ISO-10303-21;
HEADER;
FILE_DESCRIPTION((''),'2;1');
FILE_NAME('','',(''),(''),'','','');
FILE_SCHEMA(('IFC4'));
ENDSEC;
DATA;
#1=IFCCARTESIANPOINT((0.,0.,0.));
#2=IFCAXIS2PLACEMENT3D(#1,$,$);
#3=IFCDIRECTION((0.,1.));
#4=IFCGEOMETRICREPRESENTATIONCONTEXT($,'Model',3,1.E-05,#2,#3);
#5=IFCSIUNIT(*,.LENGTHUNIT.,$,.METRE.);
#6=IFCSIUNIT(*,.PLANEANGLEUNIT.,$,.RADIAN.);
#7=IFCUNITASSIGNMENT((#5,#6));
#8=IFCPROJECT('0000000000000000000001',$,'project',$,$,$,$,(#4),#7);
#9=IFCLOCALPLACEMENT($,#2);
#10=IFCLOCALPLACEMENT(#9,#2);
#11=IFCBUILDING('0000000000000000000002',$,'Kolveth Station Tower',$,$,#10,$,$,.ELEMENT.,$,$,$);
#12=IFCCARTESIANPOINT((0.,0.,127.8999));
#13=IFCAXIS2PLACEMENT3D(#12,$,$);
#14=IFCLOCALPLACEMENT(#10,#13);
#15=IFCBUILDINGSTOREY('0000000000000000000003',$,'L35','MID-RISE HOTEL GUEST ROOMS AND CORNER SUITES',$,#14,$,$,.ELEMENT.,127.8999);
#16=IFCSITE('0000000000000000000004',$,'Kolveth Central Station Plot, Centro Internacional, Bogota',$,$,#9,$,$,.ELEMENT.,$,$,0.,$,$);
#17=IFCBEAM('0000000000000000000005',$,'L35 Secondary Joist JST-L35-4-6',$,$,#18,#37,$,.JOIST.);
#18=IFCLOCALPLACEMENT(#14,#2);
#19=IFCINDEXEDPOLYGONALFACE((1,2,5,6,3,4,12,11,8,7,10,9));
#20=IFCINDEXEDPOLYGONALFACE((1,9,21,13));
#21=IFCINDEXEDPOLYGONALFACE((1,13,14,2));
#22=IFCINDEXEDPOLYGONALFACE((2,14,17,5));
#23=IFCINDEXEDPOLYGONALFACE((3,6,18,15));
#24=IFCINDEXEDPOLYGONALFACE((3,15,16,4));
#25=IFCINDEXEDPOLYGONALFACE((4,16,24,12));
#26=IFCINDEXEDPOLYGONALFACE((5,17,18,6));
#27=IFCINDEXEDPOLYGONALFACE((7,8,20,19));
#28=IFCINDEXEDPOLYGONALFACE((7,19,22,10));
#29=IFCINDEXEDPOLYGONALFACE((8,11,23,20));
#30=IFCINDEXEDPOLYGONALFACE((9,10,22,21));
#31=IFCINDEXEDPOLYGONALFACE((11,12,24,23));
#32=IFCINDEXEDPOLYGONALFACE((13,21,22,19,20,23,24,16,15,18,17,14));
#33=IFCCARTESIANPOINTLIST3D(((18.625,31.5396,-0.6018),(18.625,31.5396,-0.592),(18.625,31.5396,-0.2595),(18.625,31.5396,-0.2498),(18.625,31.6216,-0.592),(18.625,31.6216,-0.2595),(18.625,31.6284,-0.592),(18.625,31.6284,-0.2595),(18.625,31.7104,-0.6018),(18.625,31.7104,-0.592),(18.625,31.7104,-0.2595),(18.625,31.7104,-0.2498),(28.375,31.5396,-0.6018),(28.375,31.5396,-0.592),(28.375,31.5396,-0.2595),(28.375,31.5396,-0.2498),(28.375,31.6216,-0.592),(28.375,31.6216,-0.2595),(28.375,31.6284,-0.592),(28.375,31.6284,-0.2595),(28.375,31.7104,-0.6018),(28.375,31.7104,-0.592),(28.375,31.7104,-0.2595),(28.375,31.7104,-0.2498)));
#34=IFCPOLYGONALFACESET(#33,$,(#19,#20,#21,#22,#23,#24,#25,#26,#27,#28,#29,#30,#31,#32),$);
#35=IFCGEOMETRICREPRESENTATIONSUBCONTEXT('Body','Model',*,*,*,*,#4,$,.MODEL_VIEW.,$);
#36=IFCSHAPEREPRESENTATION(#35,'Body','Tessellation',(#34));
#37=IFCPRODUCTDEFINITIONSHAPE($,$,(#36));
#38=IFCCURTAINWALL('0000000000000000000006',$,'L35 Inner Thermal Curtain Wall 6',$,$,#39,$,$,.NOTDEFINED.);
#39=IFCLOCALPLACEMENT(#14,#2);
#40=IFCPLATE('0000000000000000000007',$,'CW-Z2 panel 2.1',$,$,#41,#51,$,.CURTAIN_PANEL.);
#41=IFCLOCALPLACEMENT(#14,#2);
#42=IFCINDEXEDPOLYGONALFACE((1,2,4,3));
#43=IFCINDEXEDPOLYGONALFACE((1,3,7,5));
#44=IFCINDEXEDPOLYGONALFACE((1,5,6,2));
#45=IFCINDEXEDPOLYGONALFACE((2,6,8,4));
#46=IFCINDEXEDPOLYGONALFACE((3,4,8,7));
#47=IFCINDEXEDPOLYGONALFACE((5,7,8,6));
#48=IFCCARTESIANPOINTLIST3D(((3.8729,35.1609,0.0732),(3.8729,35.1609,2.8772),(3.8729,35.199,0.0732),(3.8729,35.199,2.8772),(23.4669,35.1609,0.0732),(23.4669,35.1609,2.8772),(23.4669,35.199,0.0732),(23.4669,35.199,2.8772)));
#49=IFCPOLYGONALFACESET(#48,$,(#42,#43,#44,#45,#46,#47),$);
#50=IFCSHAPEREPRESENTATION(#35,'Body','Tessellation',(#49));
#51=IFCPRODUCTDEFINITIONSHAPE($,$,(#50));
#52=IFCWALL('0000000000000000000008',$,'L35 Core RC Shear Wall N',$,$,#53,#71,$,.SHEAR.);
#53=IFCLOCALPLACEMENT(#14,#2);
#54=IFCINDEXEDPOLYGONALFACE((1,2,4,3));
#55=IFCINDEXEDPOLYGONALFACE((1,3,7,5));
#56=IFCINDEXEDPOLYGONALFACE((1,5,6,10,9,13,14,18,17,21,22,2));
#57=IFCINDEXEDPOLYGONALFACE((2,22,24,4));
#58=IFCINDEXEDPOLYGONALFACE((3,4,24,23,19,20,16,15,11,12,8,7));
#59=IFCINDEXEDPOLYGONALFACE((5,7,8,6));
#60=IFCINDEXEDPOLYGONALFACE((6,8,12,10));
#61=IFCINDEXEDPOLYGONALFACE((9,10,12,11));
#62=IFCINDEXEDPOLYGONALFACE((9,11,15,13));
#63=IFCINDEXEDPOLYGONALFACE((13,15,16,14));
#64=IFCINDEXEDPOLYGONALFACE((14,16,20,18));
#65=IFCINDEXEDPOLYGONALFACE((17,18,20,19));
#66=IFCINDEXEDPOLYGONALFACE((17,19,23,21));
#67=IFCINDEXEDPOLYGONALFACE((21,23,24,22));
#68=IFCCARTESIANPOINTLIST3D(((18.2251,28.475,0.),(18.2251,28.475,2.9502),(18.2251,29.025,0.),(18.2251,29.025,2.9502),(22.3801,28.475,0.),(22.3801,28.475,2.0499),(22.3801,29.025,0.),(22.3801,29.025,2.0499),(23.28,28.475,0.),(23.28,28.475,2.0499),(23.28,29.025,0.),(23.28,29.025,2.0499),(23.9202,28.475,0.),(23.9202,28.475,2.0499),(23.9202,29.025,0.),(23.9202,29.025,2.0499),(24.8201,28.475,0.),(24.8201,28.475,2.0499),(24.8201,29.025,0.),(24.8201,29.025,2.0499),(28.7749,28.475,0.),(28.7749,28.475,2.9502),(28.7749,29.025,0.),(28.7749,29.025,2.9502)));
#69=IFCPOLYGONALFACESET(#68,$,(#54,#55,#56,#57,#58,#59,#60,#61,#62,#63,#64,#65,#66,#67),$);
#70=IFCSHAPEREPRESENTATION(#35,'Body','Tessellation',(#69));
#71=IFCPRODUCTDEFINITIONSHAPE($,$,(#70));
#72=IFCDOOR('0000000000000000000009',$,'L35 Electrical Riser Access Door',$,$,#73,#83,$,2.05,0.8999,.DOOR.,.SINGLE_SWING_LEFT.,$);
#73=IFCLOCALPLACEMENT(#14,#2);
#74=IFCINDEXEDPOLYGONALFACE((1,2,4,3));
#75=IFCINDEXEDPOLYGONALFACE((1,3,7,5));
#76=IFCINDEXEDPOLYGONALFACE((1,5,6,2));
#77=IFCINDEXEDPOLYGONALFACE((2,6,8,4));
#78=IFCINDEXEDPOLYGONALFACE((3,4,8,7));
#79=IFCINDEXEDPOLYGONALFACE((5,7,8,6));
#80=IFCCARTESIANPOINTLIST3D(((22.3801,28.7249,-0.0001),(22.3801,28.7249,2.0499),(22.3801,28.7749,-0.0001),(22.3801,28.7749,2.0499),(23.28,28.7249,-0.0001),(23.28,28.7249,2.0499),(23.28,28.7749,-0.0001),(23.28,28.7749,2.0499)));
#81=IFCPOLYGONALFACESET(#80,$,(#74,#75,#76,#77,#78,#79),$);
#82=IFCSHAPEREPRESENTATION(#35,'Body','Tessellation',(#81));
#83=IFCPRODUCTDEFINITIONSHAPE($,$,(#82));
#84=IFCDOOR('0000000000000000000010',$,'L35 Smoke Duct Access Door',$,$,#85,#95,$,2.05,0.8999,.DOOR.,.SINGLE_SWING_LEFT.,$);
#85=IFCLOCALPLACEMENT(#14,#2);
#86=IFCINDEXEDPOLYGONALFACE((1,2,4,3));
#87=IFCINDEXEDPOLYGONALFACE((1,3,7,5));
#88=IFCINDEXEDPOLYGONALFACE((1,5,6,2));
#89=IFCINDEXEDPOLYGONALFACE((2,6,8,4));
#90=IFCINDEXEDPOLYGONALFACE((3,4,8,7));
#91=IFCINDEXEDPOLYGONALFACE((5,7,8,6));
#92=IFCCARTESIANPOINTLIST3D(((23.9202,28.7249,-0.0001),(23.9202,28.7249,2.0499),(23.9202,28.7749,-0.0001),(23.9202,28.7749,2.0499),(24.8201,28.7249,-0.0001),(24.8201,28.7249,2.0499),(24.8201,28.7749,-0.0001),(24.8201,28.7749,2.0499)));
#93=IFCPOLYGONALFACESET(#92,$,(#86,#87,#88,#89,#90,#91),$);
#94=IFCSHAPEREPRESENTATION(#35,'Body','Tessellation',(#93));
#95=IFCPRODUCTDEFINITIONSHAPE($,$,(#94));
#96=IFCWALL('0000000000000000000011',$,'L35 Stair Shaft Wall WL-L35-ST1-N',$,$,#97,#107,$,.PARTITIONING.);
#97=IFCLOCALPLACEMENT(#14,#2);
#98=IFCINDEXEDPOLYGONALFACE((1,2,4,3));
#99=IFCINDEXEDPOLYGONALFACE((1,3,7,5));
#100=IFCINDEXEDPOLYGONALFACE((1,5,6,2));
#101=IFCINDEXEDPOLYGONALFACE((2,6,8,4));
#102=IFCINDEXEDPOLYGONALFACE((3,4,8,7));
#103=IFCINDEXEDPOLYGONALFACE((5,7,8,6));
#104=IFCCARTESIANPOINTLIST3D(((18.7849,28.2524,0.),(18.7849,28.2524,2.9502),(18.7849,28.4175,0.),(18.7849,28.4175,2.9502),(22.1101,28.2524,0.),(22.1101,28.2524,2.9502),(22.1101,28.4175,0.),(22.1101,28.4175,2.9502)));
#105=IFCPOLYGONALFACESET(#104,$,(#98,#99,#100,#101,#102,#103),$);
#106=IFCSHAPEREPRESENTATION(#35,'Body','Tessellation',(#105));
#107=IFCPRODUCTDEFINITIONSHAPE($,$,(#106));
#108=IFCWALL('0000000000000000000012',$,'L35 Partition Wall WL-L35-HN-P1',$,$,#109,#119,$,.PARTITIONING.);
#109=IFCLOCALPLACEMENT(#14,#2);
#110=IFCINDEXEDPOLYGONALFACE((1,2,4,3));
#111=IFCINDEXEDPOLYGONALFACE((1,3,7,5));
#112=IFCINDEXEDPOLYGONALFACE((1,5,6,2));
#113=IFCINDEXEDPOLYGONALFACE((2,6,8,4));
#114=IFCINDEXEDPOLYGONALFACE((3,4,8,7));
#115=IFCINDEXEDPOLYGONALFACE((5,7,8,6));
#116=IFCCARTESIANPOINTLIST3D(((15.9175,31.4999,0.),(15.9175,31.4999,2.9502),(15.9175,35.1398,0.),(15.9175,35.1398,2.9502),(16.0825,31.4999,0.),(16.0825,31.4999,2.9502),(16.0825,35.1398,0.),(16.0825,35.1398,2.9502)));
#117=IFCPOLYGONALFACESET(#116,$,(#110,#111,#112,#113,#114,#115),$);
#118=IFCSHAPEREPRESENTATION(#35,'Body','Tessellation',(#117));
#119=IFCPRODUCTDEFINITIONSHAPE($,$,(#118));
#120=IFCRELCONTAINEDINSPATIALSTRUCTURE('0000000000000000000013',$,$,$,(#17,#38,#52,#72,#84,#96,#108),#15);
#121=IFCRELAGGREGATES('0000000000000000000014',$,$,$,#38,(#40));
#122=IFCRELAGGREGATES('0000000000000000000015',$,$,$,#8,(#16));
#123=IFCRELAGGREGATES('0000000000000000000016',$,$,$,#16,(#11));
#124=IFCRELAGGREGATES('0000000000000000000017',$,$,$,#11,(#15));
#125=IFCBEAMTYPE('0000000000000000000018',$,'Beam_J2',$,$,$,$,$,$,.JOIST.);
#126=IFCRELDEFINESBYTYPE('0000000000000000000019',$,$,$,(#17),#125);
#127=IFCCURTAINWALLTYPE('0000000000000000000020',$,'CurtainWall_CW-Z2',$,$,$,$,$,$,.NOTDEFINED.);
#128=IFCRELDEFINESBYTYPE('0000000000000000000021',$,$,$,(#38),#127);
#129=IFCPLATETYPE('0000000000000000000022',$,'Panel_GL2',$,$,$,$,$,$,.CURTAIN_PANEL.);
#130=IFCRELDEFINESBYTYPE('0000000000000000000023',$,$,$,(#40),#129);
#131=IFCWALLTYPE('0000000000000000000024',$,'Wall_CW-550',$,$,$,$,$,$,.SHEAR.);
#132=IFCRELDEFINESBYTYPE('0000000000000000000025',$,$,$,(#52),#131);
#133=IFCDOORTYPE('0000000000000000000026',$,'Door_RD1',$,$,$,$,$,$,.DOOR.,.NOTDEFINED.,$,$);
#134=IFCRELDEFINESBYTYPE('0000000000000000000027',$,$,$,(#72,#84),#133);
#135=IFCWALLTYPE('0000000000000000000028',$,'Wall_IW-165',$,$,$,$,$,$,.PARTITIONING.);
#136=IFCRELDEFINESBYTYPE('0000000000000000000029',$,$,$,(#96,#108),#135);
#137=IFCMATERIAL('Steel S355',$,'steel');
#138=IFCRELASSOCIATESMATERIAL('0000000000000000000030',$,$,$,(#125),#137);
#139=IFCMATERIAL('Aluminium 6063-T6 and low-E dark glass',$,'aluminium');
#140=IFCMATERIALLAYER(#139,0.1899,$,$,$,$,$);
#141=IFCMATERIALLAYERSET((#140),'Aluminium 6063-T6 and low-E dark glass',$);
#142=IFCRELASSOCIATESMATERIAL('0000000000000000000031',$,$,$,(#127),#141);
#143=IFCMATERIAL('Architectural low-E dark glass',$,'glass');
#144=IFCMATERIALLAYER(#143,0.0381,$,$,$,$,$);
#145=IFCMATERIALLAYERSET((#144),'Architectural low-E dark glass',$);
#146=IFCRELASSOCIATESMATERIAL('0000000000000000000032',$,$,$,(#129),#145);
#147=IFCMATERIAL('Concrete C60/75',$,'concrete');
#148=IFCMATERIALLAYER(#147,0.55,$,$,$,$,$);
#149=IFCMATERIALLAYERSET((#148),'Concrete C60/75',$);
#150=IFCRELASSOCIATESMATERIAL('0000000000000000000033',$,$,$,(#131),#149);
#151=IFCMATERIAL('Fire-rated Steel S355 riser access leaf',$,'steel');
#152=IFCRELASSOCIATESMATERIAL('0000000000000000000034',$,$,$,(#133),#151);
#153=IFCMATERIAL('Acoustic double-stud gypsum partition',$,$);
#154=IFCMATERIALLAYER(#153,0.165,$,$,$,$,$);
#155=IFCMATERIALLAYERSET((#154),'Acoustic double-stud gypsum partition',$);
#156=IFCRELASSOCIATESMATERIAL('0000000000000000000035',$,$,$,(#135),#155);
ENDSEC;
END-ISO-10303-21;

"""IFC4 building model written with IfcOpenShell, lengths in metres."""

from ifc_helpers import new_model, si_unit, direction, frame, frame_2d, origin, origin_2d, place, context, subcontext, project, spatial, rectangle, i_section, extrude, source, transform, mapped, material, layer, layer_set, material_profile, profile_set, type_object, element, fill, aggregate, save


model = new_model("IFC4")

# Units and contexts
model_context = context("Model", 3, precision=1e-05, world=origin(), true_north=direction((0.0, 1.0)))
body_context = subcontext(model_context, "Body", "Model", "MODEL_VIEW")
ifc_project = project(units=[si_unit("LENGTHUNIT", "METRE"), si_unit("PLANEANGLEUNIT", "RADIAN")], contexts=[model_context])

# Site, building, storey
site_placement = place(None, origin())
site = spatial("IfcSite", under=ifc_project, at=site_placement, Name="Kolveth Central Station Plot, Centro Internacional, Bogota", CompositionType="ELEMENT", RefElevation=0.0)
building_placement = place(site_placement, origin())
building = spatial("IfcBuilding", under=site, at=building_placement, Name="Kolveth Station Tower", CompositionType="ELEMENT")
storey_placement = place(building_placement, frame((0.0, 0.0, 127.8999)))
storey = spatial("IfcBuildingStorey", under=building, at=storey_placement, Name="L35", Description="MID-RISE HOTEL GUEST ROOMS AND CORNER SUITES", CompositionType="ELEMENT", Elevation=127.8999)

# Shared definitions
ifc_material_1 = material(Name="Steel S355", Category="steel")

# Beam
ifc_material_profile_1 = material_profile(ifc_material_1, i_section(OverallWidth=0.1709, OverallDepth=0.3521, WebThickness=0.0068, FlangeThickness=0.0098, at=origin_2d()), Name="W360x44")
ifc_profile_set_1 = profile_set([ifc_material_profile_1], Name="Steel S355")
beam_type_1 = type_object("IfcBeamType", Name="Beam_J2", PredefinedType="JOIST", material=ifc_profile_set_1)
shared_shape_1 = source(origin(), body_context, "Body", "SweptSolid", [
    extrude(i_section(OverallWidth=0.1709, OverallDepth=0.3521, WebThickness=0.0068, FlangeThickness=0.0098, at=origin_2d()), origin(), (0.0, 0.0, 1.0), 9.75),
])
beam_1_placement = place(storey_placement, frame((18.625, 31.625, -0.4258), z_axis=(1.0, 0.0, 0.0), x_axis=(0.0, 1.0, 0.0)))
element("IfcBeam", 1, at=beam_1_placement, inside=storey, type_object=beam_type_1, Name="L35 Secondary Joist JST-L35-4-6", PredefinedType="JOIST", context=body_context, shape_type="MappedRepresentation", body=[
    mapped(shared_shape_1, transform((0.0, 0.0, 0.0), x_axis=(1.0, 0.0, 0.0), y_axis=(0.0, 1.0, 0.0), z_axis=(0.0, 0.0, 1.0), scale=1.0)),
])

# Curtain wall, plate
ifc_material_2 = material(Name="Aluminium 6063-T6 and low-E dark glass", Category="aluminium")
ifc_layer_1 = layer(ifc_material_2, 0.1899)
ifc_layer_set_1 = layer_set([ifc_layer_1], Name="Aluminium 6063-T6 and low-E dark glass")
curtain_wall_type = type_object("IfcCurtainWallType", Name="CurtainWall_CW-Z2", PredefinedType="NOTDEFINED", material=ifc_layer_set_1)
curtain_wall_placement = place(storey_placement, origin())
curtain_wall = element("IfcCurtainWall", 2, at=curtain_wall_placement, inside=storey, type_object=curtain_wall_type, Name="L35 Inner Thermal Curtain Wall 6", PredefinedType="NOTDEFINED")
ifc_material_3 = material(Name="Architectural low-E dark glass", Category="glass")
ifc_layer_2 = layer(ifc_material_3, 0.0381)
ifc_layer_set_2 = layer_set([ifc_layer_2], Name="Architectural low-E dark glass")
plate_type = type_object("IfcPlateType", Name="Panel_GL2", PredefinedType="CURTAIN_PANEL", material=ifc_layer_set_2)
shared_shape_2 = source(origin(), body_context, "Body", "SweptSolid", [
    extrude(rectangle(XDim=19.594, YDim=0.0381, at=origin_2d()), origin(), (0.0, 0.0, 1.0), 2.804),
])
plate_placement = place(storey_placement, frame((13.6699, 35.1799, 0.0732), z_axis=(0.0, 0.0, 1.0), x_axis=(-1.0, 0.0, 0.0)))
plate = element("IfcPlate", 3, at=plate_placement, type_object=plate_type, Name="CW-Z2 panel 2.1", PredefinedType="CURTAIN_PANEL", context=body_context, shape_type="MappedRepresentation", body=[
    mapped(shared_shape_2, transform((0.0, 0.0, 0.0), x_axis=(1.0, 0.0, 0.0), y_axis=(0.0, 1.0, 0.0), z_axis=(0.0, 0.0, 1.0), scale=1.0)),
])
aggregate(curtain_wall, [plate])

# Wall, openings, doors
ifc_material_4 = material(Name="Concrete C60/75", Category="concrete")
ifc_layer_3 = layer(ifc_material_4, 0.55)
ifc_layer_set_3 = layer_set([ifc_layer_3], Name="Concrete C60/75")
wall_type_1 = type_object("IfcWallType", Name="Wall_CW-550", PredefinedType="SHEAR", material=ifc_layer_set_3)
wall_1_placement = place(storey_placement, frame((18.2251, 28.75, 0.0), z_axis=(0.0, 0.0, 1.0), x_axis=(1.0, 0.0, 0.0)))
wall_1 = element("IfcWall", 4, at=wall_1_placement, inside=storey, type_object=wall_type_1, Name="L35 Core RC Shear Wall N", PredefinedType="SHEAR", context=body_context, shape_type="SweptSolid", body=[
    extrude(rectangle(XDim=10.5498, YDim=0.55, at=frame_2d((5.2749, 0.0))), origin(), (0.0, 0.0, 1.0), 2.9502),
])
opening_1_placement = place(wall_1_placement, frame((4.155, 0.0, 0.0)))
opening_1 = element("IfcOpeningElement", 5, at=opening_1_placement, cuts=wall_1, PredefinedType="OPENING", context=body_context, shape_type="SweptSolid", body=[
    extrude(rectangle(XDim=0.8999, YDim=2.05, at=frame_2d((0.45, 1.0249))), frame((0.0, 0.2849, 0.0), z_axis=(0.0, -1.0, 0.0), x_axis=(1.0, 0.0, 0.0)), (0.0, 0.0, 1.0), 0.5701),
])
opening_2_placement = place(wall_1_placement, frame((5.6951, 0.0, 0.0)))
opening_2 = element("IfcOpeningElement", 6, at=opening_2_placement, cuts=wall_1, PredefinedType="OPENING", context=body_context, shape_type="SweptSolid", body=[
    extrude(rectangle(XDim=0.8999, YDim=2.05, at=frame_2d((0.45, 1.0249))), frame((0.0, 0.2849, 0.0), z_axis=(0.0, -1.0, 0.0), x_axis=(1.0, 0.0, 0.0)), (0.0, 0.0, 1.0), 0.5701),
])
ifc_material_5 = material(Name="Fire-rated Steel S355 riser access leaf", Category="steel")
door_type = type_object("IfcDoorType", Name="Door_RD1", OperationType="NOTDEFINED", PredefinedType="DOOR", material=ifc_material_5)
door_1_placement = place(opening_1_placement, origin())
door_1 = element("IfcDoor", 7, at=door_1_placement, inside=storey, type_object=door_type, Name="L35 Electrical Riser Access Door", OperationType="SINGLE_SWING_LEFT", OverallHeight=2.05, OverallWidth=0.8999, PredefinedType="DOOR", context=body_context, shape_type="SweptSolid", body=[
    extrude(rectangle(XDim=0.8999, YDim=2.05, at=frame_2d((0.45, 1.0249))), frame((0.0, 0.0249, 0.0), z_axis=(0.0, -1.0, 0.0), x_axis=(1.0, 0.0, 0.0)), (0.0, 0.0, 1.0), 0.05),
])
fill(opening_1, door_1)
door_2_placement = place(opening_2_placement, origin())
door_2 = element("IfcDoor", 8, at=door_2_placement, inside=storey, type_object=door_type, Name="L35 Smoke Duct Access Door", OperationType="SINGLE_SWING_LEFT", OverallHeight=2.05, OverallWidth=0.8999, PredefinedType="DOOR", context=body_context, shape_type="SweptSolid", body=[
    extrude(rectangle(XDim=0.8999, YDim=2.05, at=frame_2d((0.45, 1.0249))), frame((0.0, 0.0249, 0.0), z_axis=(0.0, -1.0, 0.0), x_axis=(1.0, 0.0, 0.0)), (0.0, 0.0, 1.0), 0.05),
])
fill(opening_2, door_2)

# Walls
ifc_material_6 = material(Name="Acoustic double-stud gypsum partition")
ifc_layer_4 = layer(ifc_material_6, 0.165)
ifc_layer_set_4 = layer_set([ifc_layer_4], Name="Acoustic double-stud gypsum partition")
wall_type_2 = type_object("IfcWallType", Name="Wall_IW-165", PredefinedType="PARTITIONING", material=ifc_layer_set_4)
wall_2_placement = place(storey_placement, frame((18.7849, 28.335, 0.0), z_axis=(0.0, 0.0, 1.0), x_axis=(1.0, 0.0, 0.0)))
element("IfcWall", 9, at=wall_2_placement, inside=storey, type_object=wall_type_2, Name="L35 Stair Shaft Wall WL-L35-ST1-N", PredefinedType="PARTITIONING", context=body_context, shape_type="SweptSolid", body=[
    extrude(rectangle(XDim=3.3252, YDim=0.165, at=frame_2d((1.6626, 0.0))), origin(), (0.0, 0.0, 1.0), 2.9502),
])
wall_3_placement = place(storey_placement, frame((16.0, 31.5, 0.0), z_axis=(0.0, 0.0, 1.0), x_axis=(0.0, 1.0, 0.0)))
element("IfcWall", 10, at=wall_3_placement, inside=storey, type_object=wall_type_2, Name="L35 Partition Wall WL-L35-HN-P1", PredefinedType="PARTITIONING", context=body_context, shape_type="SweptSolid", body=[
    extrude(rectangle(XDim=3.6399, YDim=0.165, at=frame_2d((1.8198, 0.0))), origin(), (0.0, 0.0, 1.0), 2.9502),
])

save(model, "model.ifc")
